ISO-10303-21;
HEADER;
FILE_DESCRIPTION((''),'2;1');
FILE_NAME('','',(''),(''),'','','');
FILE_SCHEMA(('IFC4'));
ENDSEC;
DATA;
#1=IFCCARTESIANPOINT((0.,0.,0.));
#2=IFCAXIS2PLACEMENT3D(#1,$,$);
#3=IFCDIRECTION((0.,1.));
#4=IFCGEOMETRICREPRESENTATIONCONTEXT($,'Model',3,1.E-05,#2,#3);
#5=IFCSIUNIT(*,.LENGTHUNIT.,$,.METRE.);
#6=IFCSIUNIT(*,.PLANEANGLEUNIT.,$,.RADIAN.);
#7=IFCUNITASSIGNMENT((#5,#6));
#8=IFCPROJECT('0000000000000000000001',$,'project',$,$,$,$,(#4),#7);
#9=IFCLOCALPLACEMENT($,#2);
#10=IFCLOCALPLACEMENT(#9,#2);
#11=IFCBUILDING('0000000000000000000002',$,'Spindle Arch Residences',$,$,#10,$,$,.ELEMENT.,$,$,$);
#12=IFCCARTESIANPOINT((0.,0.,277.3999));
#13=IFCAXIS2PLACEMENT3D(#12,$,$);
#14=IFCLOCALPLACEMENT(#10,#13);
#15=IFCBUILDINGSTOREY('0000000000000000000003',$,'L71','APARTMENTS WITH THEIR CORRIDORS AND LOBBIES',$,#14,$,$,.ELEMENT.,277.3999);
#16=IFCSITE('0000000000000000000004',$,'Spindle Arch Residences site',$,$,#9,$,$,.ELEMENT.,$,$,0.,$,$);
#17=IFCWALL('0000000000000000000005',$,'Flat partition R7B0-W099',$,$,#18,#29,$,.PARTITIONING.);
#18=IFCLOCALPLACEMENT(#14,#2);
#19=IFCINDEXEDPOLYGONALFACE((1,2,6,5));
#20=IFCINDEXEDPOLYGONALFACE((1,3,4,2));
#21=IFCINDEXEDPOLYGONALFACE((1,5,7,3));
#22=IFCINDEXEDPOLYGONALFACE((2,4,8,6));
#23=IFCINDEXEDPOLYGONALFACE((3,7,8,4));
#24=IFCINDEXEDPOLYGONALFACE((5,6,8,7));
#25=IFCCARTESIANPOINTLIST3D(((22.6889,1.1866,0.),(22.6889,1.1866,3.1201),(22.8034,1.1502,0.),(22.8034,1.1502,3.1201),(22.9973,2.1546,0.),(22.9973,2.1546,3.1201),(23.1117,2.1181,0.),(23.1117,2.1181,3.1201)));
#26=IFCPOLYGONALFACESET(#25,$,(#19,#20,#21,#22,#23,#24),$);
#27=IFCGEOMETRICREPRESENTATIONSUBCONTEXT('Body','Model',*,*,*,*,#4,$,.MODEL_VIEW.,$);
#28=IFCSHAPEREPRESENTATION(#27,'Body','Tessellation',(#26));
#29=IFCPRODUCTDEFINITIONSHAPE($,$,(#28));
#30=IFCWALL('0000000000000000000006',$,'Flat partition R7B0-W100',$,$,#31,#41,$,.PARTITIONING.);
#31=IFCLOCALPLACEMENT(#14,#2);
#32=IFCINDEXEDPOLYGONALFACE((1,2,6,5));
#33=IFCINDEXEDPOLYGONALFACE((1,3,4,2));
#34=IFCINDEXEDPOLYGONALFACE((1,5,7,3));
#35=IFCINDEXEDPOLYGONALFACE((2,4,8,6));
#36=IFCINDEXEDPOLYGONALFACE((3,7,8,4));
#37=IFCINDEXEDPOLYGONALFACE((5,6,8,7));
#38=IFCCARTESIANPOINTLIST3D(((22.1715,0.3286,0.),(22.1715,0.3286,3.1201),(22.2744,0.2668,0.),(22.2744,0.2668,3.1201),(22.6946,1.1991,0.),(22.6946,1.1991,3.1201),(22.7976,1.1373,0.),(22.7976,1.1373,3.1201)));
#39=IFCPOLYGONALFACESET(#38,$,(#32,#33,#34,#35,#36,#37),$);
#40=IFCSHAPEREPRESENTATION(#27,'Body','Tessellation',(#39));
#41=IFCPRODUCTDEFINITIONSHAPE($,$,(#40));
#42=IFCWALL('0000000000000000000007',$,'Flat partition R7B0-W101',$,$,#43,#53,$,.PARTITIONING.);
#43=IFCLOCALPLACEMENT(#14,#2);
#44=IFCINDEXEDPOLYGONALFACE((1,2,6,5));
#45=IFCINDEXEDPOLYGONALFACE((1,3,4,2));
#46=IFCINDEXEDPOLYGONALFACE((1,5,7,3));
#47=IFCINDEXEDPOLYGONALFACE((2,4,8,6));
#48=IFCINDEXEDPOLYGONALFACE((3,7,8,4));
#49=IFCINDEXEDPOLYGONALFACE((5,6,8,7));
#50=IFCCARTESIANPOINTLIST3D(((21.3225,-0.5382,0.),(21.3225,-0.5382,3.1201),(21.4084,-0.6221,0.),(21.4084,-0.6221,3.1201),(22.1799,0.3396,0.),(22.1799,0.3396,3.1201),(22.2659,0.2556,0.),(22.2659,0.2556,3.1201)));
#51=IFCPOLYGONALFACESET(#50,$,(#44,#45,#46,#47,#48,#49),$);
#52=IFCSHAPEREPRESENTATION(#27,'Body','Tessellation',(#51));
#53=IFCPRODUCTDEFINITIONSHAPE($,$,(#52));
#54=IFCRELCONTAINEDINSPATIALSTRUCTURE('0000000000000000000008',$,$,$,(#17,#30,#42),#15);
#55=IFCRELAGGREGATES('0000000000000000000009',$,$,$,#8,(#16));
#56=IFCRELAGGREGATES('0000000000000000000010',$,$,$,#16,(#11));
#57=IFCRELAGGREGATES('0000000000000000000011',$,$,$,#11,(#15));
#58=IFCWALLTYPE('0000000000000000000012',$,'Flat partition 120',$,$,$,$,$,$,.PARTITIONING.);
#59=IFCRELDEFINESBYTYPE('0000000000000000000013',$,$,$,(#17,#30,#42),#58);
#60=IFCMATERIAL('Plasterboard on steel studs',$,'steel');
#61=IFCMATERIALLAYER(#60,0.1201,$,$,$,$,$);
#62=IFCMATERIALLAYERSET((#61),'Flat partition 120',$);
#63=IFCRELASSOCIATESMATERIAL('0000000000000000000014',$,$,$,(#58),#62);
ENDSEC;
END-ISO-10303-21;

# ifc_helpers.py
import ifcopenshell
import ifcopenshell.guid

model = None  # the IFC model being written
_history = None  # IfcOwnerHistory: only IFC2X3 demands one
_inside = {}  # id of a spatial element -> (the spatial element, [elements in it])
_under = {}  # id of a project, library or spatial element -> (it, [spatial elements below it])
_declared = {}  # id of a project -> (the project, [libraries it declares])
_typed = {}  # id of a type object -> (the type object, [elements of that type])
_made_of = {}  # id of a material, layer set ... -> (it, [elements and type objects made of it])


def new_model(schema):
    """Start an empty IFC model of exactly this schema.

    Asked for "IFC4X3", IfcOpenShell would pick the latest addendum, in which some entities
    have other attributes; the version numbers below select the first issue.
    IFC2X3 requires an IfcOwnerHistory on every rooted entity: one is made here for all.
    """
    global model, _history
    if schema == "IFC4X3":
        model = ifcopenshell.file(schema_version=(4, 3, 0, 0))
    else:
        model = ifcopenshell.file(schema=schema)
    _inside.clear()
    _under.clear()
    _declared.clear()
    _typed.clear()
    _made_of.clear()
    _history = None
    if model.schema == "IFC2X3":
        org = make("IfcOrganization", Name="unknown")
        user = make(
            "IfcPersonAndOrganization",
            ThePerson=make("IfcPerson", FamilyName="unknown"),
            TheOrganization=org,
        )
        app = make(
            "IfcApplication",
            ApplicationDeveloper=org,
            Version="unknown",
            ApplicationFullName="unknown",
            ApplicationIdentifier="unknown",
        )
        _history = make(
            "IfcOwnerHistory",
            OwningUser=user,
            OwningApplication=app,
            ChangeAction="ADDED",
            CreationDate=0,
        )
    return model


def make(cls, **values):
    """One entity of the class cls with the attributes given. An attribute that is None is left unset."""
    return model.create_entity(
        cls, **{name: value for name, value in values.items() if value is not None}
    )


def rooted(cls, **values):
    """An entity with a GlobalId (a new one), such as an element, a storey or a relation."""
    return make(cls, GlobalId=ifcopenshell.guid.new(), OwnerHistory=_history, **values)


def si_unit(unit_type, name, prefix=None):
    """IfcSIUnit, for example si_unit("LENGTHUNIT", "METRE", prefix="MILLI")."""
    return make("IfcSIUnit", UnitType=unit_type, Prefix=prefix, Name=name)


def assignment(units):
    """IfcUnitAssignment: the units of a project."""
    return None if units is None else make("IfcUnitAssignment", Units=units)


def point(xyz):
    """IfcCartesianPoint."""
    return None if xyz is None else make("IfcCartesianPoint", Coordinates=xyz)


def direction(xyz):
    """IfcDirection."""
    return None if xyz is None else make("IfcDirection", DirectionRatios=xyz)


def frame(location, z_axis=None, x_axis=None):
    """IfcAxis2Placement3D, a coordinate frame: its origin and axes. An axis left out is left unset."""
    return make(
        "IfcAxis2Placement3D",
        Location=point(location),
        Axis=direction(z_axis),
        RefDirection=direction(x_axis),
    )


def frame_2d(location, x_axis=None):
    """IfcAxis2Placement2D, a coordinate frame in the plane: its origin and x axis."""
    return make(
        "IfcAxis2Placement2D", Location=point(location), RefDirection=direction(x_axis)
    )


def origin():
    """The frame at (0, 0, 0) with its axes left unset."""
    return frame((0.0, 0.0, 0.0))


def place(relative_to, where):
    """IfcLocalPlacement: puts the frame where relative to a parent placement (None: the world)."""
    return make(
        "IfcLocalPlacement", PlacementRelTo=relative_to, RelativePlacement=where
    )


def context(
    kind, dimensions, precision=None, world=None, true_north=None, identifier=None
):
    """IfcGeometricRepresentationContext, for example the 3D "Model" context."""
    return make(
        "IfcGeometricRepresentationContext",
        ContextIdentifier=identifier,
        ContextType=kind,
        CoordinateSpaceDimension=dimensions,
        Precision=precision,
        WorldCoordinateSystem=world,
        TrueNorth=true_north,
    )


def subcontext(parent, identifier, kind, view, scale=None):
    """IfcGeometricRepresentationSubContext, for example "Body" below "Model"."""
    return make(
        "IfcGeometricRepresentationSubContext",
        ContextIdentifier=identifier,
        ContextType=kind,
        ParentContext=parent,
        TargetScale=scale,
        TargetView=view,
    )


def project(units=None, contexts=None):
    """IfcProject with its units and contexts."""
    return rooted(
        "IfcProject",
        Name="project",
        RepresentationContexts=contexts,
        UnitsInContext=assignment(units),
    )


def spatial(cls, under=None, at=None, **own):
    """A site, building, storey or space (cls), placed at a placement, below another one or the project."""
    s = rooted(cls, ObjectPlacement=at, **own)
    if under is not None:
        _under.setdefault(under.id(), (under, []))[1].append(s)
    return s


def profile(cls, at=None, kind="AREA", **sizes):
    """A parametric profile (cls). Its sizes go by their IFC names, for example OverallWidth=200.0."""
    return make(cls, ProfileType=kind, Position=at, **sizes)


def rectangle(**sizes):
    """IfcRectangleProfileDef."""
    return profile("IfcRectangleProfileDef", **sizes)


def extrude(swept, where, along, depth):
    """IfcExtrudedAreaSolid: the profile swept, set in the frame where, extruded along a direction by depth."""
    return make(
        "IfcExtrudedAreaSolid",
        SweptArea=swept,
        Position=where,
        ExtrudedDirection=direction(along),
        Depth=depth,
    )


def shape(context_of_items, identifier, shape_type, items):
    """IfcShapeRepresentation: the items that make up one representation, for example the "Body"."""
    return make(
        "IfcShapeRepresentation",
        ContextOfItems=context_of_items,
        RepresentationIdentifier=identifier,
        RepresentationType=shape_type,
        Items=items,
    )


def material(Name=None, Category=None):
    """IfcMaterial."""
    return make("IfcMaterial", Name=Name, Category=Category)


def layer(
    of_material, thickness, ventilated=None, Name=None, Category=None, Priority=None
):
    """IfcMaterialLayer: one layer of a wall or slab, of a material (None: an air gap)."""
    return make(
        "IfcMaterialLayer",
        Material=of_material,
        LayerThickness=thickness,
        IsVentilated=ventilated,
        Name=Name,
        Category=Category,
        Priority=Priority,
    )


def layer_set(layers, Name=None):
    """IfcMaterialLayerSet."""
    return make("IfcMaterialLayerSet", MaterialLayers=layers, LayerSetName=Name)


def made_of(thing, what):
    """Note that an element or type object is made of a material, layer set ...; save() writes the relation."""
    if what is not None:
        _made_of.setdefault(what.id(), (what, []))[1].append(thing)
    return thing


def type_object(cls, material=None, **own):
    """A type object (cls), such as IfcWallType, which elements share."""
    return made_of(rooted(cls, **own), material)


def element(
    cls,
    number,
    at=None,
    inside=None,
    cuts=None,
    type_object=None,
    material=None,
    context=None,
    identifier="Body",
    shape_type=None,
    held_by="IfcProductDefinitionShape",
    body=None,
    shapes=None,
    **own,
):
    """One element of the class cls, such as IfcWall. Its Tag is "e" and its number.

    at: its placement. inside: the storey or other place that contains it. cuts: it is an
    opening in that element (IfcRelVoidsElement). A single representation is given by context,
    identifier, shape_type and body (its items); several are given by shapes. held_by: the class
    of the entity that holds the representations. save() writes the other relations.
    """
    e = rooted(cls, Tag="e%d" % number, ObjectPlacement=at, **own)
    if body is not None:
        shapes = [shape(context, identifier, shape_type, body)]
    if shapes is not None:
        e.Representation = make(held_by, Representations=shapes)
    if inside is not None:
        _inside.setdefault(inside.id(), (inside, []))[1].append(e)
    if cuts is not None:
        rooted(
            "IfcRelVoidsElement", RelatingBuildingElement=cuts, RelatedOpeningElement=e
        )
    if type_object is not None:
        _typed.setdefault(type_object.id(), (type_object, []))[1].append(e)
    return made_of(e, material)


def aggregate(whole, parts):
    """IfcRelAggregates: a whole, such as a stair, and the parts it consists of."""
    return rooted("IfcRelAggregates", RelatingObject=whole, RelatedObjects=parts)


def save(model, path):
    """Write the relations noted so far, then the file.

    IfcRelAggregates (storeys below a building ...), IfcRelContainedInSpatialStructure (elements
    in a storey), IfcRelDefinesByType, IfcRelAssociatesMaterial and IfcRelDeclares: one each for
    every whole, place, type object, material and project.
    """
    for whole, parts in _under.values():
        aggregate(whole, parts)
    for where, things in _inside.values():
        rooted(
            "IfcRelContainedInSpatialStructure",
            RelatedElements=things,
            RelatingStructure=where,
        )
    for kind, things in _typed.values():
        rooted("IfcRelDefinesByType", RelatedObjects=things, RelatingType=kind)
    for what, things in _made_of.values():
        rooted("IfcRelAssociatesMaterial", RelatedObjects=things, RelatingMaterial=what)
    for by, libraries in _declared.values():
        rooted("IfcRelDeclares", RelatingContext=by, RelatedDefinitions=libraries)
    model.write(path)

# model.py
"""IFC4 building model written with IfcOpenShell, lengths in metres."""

from ifc_helpers import new_model, si_unit, direction, frame, frame_2d, origin, place, context, subcontext, project, spatial, rectangle, extrude, material, layer, layer_set, type_object, element, save


model = new_model("IFC4")

# Units and contexts
model_context = context("Model", 3, precision=1e-05, world=origin(), true_north=direction((0.0, 1.0)))
body_context = subcontext(model_context, "Body", "Model", "MODEL_VIEW")
ifc_project = project(units=[si_unit("LENGTHUNIT", "METRE"), si_unit("PLANEANGLEUNIT", "RADIAN")], contexts=[model_context])

# Site, building, storey
site_placement = place(None, origin())
site = spatial("IfcSite", under=ifc_project, at=site_placement, Name="Spindle Arch Residences site", CompositionType="ELEMENT", RefElevation=0.0)
building_placement = place(site_placement, origin())
building = spatial("IfcBuilding", under=site, at=building_placement, Name="Spindle Arch Residences", CompositionType="ELEMENT")
storey_placement = place(building_placement, frame((0.0, 0.0, 277.3999)))
storey = spatial("IfcBuildingStorey", under=building, at=storey_placement, Name="L71", Description="APARTMENTS WITH THEIR CORRIDORS AND LOBBIES", CompositionType="ELEMENT", Elevation=277.3999)

# Walls
ifc_material_1 = material(Name="Plasterboard on steel studs", Category="steel")
ifc_layer_1 = layer(ifc_material_1, 0.1201)
ifc_layer_set_1 = layer_set([ifc_layer_1], Name="Flat partition 120")
wall_type = type_object("IfcWallType", Name="Flat partition 120", PredefinedType="PARTITIONING", material=ifc_layer_set_1)
wall_1_placement = place(storey_placement, frame((23.0544, 2.1362, 0.0), z_axis=(0.0, 0.0, 1.0), x_axis=(-0.303511, -0.952828, 0.0)))
element("IfcWall", 1, at=wall_1_placement, inside=storey, type_object=wall_type, Name="Flat partition R7B0-W099", PredefinedType="PARTITIONING", context=body_context, shape_type="SweptSolid", body=[
    extrude(rectangle(XDim=1.0159, YDim=0.1201, at=frame_2d((0.5078, 0.0))), origin(), (0.0, 0.0, 1.0), 3.1201),
])
wall_2_placement = place(storey_placement, frame((22.7461, 1.1682, 0.0), z_axis=(0.0, 0.0, 1.0), x_axis=(-0.515097, -0.857132, 0.0)))
element("IfcWall", 2, at=wall_2_placement, inside=storey, type_object=wall_type, Name="Flat partition R7B0-W100", PredefinedType="PARTITIONING", context=body_context, shape_type="SweptSolid", body=[
    extrude(rectangle(XDim=1.0156, YDim=0.1201, at=frame_2d((0.5078, 0.0))), origin(), (0.0, 0.0, 1.0), 3.1201),
])
wall_3_placement = place(storey_placement, frame((22.2229, 0.2976, 0.0), z_axis=(0.0, 0.0, 1.0), x_axis=(-0.698801, -0.715316, 0.0)))
element("IfcWall", 3, at=wall_3_placement, inside=storey, type_object=wall_type, Name="Flat partition R7B0-W101", PredefinedType="PARTITIONING", context=body_context, shape_type="SweptSolid", body=[
    extrude(rectangle(XDim=1.2271, YDim=0.1201, at=frame_2d((0.6135, 0.0))), origin(), (0.0, 0.0, 1.0), 3.1201),
])

save(model, "model.ifc")
